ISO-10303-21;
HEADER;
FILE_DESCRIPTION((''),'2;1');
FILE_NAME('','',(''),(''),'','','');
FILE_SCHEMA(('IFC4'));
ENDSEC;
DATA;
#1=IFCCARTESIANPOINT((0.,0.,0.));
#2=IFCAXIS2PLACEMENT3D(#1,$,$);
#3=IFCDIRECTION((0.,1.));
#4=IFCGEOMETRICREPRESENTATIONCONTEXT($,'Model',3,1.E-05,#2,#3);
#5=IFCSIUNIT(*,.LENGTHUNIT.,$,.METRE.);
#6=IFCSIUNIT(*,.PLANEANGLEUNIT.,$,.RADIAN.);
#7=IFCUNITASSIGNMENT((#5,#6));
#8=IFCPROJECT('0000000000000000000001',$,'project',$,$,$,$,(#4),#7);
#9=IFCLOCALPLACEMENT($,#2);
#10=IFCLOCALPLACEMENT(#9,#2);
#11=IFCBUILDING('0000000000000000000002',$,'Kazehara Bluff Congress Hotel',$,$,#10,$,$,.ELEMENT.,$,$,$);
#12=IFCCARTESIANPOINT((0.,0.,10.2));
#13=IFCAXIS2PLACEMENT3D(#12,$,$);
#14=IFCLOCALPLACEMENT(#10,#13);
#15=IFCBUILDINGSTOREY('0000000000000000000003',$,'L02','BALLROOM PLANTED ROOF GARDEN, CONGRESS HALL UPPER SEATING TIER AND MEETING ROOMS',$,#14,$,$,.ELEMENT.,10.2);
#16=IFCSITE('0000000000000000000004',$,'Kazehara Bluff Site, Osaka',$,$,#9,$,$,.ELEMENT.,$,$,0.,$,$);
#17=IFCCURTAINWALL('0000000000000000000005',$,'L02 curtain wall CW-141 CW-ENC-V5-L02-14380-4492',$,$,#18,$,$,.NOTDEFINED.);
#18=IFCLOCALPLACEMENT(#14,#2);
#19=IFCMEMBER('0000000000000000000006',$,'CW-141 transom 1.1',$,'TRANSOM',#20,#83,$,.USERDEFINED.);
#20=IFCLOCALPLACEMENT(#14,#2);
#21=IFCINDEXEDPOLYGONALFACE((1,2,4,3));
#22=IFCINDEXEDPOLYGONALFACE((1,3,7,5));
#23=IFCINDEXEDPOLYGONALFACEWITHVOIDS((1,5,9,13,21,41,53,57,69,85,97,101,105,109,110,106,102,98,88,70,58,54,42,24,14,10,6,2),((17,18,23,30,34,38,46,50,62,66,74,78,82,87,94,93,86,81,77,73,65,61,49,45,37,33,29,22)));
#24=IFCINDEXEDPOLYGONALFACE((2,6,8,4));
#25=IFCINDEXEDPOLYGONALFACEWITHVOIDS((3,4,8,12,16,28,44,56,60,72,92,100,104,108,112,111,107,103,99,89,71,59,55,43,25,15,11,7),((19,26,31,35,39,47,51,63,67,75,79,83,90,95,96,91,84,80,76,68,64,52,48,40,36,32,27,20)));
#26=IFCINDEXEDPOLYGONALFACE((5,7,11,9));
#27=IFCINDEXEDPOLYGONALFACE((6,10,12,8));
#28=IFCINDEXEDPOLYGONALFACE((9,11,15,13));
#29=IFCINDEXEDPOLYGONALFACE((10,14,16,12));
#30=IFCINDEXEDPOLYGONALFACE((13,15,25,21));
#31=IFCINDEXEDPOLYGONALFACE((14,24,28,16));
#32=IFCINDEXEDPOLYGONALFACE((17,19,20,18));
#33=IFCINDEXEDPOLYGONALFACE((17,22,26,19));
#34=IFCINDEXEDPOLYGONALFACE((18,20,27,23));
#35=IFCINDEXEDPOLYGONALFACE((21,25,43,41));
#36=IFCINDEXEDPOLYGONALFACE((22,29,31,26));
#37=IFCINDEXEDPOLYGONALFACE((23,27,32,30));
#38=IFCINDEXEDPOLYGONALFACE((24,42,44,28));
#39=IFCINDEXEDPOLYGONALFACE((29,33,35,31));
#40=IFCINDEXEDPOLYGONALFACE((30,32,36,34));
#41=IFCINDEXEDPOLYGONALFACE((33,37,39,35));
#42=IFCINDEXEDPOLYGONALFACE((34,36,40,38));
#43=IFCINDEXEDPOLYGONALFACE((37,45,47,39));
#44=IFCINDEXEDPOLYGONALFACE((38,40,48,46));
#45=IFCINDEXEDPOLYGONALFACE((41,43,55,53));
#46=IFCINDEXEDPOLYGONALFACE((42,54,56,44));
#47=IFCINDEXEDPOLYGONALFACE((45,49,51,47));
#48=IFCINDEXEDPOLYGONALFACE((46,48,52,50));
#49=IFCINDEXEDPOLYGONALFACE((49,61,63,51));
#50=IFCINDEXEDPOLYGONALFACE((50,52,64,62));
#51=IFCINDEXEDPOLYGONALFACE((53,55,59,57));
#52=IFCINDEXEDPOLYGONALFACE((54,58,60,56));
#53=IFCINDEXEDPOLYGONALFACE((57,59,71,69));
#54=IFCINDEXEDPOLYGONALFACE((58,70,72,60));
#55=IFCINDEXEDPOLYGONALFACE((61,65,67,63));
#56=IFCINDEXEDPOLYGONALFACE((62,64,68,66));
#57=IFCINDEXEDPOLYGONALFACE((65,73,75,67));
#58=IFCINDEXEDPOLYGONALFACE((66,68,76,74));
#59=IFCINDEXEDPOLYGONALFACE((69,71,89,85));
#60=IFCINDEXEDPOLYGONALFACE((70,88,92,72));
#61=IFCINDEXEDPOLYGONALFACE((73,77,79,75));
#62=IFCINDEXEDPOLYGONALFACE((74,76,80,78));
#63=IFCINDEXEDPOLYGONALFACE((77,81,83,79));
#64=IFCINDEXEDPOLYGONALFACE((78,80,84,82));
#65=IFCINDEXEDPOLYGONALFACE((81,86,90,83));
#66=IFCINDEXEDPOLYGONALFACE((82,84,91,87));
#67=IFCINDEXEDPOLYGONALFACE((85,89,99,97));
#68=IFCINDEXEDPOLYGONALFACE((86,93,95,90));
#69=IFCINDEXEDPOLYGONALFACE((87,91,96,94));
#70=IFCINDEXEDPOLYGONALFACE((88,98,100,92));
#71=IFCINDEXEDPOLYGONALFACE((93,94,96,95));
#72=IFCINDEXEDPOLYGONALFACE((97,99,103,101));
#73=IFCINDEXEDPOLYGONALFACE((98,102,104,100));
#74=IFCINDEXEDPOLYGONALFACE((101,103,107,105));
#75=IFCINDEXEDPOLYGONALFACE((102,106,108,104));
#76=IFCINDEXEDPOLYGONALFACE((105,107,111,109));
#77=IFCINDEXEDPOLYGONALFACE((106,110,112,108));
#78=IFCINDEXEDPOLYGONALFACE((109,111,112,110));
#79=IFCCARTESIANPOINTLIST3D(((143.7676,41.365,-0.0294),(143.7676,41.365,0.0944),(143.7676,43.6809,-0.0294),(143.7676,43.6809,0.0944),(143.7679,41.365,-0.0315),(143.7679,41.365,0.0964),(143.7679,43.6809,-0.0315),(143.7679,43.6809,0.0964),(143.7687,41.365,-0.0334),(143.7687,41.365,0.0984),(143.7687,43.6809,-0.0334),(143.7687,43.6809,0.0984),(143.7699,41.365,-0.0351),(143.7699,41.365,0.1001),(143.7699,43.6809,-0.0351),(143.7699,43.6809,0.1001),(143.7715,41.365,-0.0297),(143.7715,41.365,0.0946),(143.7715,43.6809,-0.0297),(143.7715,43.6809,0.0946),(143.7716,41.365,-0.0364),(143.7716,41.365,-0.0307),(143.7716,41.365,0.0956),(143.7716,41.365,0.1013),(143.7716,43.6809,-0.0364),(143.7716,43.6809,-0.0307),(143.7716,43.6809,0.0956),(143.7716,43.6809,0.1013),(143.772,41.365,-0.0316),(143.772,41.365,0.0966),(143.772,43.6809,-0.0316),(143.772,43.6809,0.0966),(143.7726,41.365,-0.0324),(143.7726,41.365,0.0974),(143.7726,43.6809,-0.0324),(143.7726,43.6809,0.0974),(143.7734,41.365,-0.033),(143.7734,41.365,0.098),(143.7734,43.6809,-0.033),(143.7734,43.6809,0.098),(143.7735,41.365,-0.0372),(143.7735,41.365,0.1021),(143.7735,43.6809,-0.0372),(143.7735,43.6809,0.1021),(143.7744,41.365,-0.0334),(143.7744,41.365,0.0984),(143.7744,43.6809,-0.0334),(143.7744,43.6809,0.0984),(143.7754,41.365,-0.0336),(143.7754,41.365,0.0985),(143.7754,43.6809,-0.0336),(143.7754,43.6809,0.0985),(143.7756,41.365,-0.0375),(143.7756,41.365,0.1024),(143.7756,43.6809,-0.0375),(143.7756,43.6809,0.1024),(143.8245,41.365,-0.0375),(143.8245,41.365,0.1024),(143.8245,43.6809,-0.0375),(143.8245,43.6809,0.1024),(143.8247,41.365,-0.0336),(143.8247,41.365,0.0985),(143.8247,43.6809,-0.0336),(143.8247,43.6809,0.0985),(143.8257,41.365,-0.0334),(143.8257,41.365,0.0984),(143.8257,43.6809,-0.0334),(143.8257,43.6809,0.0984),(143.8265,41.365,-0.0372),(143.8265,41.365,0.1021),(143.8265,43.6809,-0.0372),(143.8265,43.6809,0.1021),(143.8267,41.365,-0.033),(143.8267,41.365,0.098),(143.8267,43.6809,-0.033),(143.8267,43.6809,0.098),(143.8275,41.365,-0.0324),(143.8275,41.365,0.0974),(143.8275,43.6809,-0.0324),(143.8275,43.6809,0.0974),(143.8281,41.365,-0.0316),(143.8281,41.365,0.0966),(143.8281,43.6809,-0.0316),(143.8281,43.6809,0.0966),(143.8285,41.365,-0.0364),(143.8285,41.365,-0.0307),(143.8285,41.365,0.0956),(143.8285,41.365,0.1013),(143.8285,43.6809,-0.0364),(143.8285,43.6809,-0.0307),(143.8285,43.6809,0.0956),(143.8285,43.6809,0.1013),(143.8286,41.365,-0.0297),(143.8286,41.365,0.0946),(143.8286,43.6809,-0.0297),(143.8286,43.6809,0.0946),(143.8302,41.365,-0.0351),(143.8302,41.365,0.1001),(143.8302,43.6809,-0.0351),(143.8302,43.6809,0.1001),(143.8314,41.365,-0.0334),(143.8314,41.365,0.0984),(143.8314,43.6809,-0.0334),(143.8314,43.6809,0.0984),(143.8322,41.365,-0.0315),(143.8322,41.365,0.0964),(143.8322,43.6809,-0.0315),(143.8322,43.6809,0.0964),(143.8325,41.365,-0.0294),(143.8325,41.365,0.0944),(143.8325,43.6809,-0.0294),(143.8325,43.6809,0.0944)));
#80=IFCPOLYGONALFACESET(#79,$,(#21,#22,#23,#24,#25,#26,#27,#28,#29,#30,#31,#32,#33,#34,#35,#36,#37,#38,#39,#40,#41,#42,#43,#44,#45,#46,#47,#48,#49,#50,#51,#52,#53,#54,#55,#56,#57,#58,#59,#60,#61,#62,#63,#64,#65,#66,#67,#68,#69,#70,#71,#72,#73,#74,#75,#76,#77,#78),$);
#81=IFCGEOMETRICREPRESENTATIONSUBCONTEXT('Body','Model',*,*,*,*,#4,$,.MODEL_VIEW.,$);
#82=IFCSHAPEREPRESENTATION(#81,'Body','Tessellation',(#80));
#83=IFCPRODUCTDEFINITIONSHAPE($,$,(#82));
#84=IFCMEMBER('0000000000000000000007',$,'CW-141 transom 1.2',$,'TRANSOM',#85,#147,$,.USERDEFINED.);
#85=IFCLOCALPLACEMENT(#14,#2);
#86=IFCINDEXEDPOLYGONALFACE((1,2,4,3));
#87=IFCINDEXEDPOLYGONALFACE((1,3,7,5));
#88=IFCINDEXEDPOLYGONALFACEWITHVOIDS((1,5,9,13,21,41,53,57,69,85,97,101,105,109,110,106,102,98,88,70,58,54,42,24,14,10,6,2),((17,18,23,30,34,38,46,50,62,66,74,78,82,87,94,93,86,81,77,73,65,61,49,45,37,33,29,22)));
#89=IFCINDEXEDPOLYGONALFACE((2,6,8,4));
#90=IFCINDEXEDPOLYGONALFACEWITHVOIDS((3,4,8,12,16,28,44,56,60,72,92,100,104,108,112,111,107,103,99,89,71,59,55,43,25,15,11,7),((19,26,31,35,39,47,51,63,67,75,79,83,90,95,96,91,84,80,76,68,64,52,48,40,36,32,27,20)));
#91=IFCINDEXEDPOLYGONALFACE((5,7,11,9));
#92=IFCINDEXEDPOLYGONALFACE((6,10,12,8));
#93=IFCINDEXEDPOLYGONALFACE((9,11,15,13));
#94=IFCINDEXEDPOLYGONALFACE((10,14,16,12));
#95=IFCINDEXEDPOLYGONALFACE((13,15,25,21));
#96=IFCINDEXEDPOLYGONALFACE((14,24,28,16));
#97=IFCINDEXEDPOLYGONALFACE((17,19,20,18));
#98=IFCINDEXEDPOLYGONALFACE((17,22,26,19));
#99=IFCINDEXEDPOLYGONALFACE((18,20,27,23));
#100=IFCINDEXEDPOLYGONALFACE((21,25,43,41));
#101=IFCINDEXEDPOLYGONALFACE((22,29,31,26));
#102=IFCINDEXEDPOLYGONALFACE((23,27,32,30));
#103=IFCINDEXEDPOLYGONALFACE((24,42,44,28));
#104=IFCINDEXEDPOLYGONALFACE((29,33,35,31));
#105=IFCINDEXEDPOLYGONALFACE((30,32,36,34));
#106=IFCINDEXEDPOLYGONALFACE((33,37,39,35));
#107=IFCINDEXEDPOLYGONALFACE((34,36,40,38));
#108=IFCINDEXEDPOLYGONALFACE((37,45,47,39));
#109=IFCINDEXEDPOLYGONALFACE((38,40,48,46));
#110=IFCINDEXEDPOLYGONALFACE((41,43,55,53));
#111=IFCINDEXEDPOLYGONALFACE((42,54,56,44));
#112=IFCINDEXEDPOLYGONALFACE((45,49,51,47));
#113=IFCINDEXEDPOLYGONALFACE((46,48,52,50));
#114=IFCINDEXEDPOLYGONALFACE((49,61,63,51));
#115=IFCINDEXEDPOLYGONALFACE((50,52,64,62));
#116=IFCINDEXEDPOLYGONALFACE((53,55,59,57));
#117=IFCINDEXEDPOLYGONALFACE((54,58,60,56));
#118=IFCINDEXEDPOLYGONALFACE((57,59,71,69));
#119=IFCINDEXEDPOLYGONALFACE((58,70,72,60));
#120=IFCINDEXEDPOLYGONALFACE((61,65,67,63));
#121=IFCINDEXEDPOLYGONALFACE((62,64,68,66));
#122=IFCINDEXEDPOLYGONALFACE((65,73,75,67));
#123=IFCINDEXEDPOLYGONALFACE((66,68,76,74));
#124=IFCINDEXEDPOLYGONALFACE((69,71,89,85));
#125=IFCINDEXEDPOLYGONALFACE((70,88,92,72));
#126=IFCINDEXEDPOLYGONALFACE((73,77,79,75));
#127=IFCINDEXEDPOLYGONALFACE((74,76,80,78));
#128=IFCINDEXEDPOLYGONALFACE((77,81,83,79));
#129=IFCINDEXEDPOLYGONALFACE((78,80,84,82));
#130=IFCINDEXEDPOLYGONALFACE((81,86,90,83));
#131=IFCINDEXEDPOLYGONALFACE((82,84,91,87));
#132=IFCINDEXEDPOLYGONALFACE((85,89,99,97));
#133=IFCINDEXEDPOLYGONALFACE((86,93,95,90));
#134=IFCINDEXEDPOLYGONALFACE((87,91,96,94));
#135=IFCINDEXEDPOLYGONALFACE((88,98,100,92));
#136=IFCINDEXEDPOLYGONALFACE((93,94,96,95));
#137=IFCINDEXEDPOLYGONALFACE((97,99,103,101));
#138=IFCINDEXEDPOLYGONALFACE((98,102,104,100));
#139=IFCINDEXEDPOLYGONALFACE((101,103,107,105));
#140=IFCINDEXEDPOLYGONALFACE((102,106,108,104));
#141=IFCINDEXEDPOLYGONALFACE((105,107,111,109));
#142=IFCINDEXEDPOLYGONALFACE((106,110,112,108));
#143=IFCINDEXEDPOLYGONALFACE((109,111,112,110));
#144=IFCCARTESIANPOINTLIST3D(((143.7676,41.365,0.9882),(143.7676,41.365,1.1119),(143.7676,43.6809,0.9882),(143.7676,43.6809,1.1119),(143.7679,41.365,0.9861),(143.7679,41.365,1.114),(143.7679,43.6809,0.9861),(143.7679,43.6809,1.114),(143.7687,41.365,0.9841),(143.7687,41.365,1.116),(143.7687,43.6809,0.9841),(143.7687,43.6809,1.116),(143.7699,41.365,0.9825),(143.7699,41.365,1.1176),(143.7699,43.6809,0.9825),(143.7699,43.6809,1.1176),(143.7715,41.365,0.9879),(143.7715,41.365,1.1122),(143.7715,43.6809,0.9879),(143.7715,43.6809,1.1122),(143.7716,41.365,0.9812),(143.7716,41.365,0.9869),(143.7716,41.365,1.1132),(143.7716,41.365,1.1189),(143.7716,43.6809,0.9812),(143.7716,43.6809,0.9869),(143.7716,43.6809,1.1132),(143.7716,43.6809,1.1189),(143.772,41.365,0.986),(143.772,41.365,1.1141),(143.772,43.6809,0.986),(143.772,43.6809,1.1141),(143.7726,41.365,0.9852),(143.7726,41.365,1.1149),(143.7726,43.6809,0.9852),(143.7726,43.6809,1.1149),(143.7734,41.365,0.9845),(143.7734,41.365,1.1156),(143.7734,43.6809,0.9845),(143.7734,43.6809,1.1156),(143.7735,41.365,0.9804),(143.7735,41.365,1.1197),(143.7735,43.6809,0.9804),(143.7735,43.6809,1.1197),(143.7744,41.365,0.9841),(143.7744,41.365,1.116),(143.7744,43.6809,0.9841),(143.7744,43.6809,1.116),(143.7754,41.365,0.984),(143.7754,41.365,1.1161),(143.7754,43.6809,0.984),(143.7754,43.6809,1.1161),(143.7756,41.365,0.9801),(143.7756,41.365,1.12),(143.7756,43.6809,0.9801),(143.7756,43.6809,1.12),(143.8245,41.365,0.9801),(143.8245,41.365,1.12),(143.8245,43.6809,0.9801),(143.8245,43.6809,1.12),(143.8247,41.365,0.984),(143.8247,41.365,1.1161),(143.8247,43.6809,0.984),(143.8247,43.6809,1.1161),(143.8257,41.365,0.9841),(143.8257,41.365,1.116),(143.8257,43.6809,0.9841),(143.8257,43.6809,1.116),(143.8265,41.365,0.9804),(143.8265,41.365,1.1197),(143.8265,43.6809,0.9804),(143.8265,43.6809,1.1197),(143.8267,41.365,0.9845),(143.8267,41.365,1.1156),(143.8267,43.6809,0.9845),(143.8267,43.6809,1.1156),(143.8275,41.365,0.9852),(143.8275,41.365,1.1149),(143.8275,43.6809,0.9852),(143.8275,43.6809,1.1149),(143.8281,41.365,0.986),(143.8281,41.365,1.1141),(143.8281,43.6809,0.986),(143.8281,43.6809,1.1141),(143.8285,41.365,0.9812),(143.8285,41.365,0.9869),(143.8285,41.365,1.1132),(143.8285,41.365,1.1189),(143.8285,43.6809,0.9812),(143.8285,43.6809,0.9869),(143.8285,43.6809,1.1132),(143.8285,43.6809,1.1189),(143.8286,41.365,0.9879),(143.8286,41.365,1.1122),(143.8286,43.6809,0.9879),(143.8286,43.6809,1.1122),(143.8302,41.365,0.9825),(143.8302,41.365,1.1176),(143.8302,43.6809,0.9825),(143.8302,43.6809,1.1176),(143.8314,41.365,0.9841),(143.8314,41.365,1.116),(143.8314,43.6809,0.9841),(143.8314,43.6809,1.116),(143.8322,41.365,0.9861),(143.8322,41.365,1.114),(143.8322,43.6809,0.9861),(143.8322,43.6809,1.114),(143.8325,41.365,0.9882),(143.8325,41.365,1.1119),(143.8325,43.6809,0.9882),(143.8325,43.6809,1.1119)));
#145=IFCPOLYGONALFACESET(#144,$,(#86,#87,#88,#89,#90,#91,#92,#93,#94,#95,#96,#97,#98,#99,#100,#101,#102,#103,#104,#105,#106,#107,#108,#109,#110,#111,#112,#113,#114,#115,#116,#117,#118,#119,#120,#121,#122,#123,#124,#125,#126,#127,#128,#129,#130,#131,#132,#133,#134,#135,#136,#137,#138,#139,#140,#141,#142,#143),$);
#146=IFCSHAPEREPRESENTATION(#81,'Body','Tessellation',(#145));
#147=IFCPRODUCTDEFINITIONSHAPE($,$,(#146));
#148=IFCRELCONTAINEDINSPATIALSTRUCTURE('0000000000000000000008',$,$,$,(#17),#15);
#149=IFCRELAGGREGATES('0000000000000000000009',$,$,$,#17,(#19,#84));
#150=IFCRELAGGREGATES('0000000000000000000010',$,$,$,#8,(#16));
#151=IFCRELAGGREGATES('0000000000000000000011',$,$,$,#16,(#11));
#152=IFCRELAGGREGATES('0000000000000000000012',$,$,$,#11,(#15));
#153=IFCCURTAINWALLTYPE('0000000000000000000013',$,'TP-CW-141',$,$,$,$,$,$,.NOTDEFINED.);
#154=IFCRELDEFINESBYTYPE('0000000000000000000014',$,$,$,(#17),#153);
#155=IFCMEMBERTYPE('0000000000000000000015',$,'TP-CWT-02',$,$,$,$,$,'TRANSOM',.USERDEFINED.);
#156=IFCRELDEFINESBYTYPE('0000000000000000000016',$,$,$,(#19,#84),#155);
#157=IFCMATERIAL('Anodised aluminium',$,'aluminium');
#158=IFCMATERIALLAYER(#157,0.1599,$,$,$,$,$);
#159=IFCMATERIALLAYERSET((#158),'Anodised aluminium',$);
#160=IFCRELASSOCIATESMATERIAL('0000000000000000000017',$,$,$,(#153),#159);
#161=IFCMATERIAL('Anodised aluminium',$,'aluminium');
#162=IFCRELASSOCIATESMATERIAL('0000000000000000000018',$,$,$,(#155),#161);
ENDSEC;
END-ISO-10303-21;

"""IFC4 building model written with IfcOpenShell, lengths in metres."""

from ifc_helpers import new_model, si_unit, direction, frame, origin, origin_2d, place, context, subcontext, project, spatial, hollow_rectangle, extrude, material, layer, layer_set, material_profile, profile_set, type_object, element, aggregate, save


model = new_model("IFC4")

# Units and contexts
model_context = context("Model", 3, precision=1e-05, world=origin(), true_north=direction((0.0, 1.0)))
body_context = subcontext(model_context, "Body", "Model", "MODEL_VIEW")
ifc_project = project(units=[si_unit("LENGTHUNIT", "METRE"), si_unit("PLANEANGLEUNIT", "RADIAN")], contexts=[model_context])

# Site, building, storey
site_placement = place(None, origin())
site = spatial("IfcSite", under=ifc_project, at=site_placement, Name="Kazehara Bluff Site, Osaka", CompositionType="ELEMENT", RefElevation=0.0)
building_placement = place(site_placement, origin())
building = spatial("IfcBuilding", under=site, at=building_placement, Name="Kazehara Bluff Congress Hotel", CompositionType="ELEMENT")
storey_placement = place(building_placement, frame((0.0, 0.0, 10.2)))
storey = spatial("IfcBuildingStorey", under=building, at=storey_placement, Name="L02", Description="BALLROOM PLANTED ROOF GARDEN, CONGRESS HALL UPPER SEATING TIER AND MEETING ROOMS", CompositionType="ELEMENT", Elevation=10.2)

# Curtain wall, members
ifc_material_1 = material(Name="Anodised aluminium", Category="aluminium")
ifc_layer_1 = layer(ifc_material_1, 0.1599)
ifc_layer_set_1 = layer_set([ifc_layer_1], Name="Anodised aluminium")
curtain_wall_type = type_object("IfcCurtainWallType", Name="TP-CW-141", PredefinedType="NOTDEFINED", material=ifc_layer_set_1)
curtain_wall_placement = place(storey_placement, origin())
curtain_wall = element("IfcCurtainWall", 1, at=curtain_wall_placement, inside=storey, type_object=curtain_wall_type, Name="L02 curtain wall CW-141 CW-ENC-V5-L02-14380-4492", PredefinedType="NOTDEFINED")
ifc_material_2 = material(Name="Anodised aluminium", Category="aluminium")
ifc_material_profile_1 = material_profile(ifc_material_2, hollow_rectangle(XDim=0.0649, YDim=0.1399, WallThickness=0.0039, InnerFilletRadius=0.0039, OuterFilletRadius=0.0081, at=origin_2d()))
ifc_profile_set_1 = profile_set([ifc_material_profile_1], Name="Anodised aluminium")
member_type_1 = type_object("IfcMemberType", Name="TP-CWT-02", ElementType="TRANSOM", PredefinedType="USERDEFINED", material=ifc_profile_set_1)
member_1_placement = place(storey_placement, frame((143.8, 41.365, 0.0325), z_axis=(0.0, 1.0, 0.0), x_axis=(-1.0, 0.0, 0.0)))
member_1 = element("IfcMember", 2, at=member_1_placement, type_object=member_type_1, Name="CW-141 transom 1.1", ObjectType="TRANSOM", PredefinedType="USERDEFINED", context=body_context, shape_type="SweptSolid", body=[
    extrude(hollow_rectangle(XDim=0.0649, YDim=0.1399, WallThickness=0.0039, InnerFilletRadius=0.0039, OuterFilletRadius=0.0081, at=origin_2d()), origin(), (0.0, 0.0, 1.0), 2.3159),
])
member_2_placement = place(storey_placement, frame((143.8, 41.365, 1.05), z_axis=(0.0, 1.0, 0.0), x_axis=(-1.0, 0.0, 0.0)))
member_2 = element("IfcMember", 3, at=member_2_placement, type_object=member_type_1, Name="CW-141 transom 1.2", ObjectType="TRANSOM", PredefinedType="USERDEFINED", context=body_context, shape_type="SweptSolid", body=[
    extrude(hollow_rectangle(XDim=0.0649, YDim=0.1399, WallThickness=0.0039, InnerFilletRadius=0.0039, OuterFilletRadius=0.0081, at=origin_2d()), origin(), (0.0, 0.0, 1.0), 2.3159),
])

aggregate(curtain_wall, [member_1, member_2])

save(model, "model.ifc")
